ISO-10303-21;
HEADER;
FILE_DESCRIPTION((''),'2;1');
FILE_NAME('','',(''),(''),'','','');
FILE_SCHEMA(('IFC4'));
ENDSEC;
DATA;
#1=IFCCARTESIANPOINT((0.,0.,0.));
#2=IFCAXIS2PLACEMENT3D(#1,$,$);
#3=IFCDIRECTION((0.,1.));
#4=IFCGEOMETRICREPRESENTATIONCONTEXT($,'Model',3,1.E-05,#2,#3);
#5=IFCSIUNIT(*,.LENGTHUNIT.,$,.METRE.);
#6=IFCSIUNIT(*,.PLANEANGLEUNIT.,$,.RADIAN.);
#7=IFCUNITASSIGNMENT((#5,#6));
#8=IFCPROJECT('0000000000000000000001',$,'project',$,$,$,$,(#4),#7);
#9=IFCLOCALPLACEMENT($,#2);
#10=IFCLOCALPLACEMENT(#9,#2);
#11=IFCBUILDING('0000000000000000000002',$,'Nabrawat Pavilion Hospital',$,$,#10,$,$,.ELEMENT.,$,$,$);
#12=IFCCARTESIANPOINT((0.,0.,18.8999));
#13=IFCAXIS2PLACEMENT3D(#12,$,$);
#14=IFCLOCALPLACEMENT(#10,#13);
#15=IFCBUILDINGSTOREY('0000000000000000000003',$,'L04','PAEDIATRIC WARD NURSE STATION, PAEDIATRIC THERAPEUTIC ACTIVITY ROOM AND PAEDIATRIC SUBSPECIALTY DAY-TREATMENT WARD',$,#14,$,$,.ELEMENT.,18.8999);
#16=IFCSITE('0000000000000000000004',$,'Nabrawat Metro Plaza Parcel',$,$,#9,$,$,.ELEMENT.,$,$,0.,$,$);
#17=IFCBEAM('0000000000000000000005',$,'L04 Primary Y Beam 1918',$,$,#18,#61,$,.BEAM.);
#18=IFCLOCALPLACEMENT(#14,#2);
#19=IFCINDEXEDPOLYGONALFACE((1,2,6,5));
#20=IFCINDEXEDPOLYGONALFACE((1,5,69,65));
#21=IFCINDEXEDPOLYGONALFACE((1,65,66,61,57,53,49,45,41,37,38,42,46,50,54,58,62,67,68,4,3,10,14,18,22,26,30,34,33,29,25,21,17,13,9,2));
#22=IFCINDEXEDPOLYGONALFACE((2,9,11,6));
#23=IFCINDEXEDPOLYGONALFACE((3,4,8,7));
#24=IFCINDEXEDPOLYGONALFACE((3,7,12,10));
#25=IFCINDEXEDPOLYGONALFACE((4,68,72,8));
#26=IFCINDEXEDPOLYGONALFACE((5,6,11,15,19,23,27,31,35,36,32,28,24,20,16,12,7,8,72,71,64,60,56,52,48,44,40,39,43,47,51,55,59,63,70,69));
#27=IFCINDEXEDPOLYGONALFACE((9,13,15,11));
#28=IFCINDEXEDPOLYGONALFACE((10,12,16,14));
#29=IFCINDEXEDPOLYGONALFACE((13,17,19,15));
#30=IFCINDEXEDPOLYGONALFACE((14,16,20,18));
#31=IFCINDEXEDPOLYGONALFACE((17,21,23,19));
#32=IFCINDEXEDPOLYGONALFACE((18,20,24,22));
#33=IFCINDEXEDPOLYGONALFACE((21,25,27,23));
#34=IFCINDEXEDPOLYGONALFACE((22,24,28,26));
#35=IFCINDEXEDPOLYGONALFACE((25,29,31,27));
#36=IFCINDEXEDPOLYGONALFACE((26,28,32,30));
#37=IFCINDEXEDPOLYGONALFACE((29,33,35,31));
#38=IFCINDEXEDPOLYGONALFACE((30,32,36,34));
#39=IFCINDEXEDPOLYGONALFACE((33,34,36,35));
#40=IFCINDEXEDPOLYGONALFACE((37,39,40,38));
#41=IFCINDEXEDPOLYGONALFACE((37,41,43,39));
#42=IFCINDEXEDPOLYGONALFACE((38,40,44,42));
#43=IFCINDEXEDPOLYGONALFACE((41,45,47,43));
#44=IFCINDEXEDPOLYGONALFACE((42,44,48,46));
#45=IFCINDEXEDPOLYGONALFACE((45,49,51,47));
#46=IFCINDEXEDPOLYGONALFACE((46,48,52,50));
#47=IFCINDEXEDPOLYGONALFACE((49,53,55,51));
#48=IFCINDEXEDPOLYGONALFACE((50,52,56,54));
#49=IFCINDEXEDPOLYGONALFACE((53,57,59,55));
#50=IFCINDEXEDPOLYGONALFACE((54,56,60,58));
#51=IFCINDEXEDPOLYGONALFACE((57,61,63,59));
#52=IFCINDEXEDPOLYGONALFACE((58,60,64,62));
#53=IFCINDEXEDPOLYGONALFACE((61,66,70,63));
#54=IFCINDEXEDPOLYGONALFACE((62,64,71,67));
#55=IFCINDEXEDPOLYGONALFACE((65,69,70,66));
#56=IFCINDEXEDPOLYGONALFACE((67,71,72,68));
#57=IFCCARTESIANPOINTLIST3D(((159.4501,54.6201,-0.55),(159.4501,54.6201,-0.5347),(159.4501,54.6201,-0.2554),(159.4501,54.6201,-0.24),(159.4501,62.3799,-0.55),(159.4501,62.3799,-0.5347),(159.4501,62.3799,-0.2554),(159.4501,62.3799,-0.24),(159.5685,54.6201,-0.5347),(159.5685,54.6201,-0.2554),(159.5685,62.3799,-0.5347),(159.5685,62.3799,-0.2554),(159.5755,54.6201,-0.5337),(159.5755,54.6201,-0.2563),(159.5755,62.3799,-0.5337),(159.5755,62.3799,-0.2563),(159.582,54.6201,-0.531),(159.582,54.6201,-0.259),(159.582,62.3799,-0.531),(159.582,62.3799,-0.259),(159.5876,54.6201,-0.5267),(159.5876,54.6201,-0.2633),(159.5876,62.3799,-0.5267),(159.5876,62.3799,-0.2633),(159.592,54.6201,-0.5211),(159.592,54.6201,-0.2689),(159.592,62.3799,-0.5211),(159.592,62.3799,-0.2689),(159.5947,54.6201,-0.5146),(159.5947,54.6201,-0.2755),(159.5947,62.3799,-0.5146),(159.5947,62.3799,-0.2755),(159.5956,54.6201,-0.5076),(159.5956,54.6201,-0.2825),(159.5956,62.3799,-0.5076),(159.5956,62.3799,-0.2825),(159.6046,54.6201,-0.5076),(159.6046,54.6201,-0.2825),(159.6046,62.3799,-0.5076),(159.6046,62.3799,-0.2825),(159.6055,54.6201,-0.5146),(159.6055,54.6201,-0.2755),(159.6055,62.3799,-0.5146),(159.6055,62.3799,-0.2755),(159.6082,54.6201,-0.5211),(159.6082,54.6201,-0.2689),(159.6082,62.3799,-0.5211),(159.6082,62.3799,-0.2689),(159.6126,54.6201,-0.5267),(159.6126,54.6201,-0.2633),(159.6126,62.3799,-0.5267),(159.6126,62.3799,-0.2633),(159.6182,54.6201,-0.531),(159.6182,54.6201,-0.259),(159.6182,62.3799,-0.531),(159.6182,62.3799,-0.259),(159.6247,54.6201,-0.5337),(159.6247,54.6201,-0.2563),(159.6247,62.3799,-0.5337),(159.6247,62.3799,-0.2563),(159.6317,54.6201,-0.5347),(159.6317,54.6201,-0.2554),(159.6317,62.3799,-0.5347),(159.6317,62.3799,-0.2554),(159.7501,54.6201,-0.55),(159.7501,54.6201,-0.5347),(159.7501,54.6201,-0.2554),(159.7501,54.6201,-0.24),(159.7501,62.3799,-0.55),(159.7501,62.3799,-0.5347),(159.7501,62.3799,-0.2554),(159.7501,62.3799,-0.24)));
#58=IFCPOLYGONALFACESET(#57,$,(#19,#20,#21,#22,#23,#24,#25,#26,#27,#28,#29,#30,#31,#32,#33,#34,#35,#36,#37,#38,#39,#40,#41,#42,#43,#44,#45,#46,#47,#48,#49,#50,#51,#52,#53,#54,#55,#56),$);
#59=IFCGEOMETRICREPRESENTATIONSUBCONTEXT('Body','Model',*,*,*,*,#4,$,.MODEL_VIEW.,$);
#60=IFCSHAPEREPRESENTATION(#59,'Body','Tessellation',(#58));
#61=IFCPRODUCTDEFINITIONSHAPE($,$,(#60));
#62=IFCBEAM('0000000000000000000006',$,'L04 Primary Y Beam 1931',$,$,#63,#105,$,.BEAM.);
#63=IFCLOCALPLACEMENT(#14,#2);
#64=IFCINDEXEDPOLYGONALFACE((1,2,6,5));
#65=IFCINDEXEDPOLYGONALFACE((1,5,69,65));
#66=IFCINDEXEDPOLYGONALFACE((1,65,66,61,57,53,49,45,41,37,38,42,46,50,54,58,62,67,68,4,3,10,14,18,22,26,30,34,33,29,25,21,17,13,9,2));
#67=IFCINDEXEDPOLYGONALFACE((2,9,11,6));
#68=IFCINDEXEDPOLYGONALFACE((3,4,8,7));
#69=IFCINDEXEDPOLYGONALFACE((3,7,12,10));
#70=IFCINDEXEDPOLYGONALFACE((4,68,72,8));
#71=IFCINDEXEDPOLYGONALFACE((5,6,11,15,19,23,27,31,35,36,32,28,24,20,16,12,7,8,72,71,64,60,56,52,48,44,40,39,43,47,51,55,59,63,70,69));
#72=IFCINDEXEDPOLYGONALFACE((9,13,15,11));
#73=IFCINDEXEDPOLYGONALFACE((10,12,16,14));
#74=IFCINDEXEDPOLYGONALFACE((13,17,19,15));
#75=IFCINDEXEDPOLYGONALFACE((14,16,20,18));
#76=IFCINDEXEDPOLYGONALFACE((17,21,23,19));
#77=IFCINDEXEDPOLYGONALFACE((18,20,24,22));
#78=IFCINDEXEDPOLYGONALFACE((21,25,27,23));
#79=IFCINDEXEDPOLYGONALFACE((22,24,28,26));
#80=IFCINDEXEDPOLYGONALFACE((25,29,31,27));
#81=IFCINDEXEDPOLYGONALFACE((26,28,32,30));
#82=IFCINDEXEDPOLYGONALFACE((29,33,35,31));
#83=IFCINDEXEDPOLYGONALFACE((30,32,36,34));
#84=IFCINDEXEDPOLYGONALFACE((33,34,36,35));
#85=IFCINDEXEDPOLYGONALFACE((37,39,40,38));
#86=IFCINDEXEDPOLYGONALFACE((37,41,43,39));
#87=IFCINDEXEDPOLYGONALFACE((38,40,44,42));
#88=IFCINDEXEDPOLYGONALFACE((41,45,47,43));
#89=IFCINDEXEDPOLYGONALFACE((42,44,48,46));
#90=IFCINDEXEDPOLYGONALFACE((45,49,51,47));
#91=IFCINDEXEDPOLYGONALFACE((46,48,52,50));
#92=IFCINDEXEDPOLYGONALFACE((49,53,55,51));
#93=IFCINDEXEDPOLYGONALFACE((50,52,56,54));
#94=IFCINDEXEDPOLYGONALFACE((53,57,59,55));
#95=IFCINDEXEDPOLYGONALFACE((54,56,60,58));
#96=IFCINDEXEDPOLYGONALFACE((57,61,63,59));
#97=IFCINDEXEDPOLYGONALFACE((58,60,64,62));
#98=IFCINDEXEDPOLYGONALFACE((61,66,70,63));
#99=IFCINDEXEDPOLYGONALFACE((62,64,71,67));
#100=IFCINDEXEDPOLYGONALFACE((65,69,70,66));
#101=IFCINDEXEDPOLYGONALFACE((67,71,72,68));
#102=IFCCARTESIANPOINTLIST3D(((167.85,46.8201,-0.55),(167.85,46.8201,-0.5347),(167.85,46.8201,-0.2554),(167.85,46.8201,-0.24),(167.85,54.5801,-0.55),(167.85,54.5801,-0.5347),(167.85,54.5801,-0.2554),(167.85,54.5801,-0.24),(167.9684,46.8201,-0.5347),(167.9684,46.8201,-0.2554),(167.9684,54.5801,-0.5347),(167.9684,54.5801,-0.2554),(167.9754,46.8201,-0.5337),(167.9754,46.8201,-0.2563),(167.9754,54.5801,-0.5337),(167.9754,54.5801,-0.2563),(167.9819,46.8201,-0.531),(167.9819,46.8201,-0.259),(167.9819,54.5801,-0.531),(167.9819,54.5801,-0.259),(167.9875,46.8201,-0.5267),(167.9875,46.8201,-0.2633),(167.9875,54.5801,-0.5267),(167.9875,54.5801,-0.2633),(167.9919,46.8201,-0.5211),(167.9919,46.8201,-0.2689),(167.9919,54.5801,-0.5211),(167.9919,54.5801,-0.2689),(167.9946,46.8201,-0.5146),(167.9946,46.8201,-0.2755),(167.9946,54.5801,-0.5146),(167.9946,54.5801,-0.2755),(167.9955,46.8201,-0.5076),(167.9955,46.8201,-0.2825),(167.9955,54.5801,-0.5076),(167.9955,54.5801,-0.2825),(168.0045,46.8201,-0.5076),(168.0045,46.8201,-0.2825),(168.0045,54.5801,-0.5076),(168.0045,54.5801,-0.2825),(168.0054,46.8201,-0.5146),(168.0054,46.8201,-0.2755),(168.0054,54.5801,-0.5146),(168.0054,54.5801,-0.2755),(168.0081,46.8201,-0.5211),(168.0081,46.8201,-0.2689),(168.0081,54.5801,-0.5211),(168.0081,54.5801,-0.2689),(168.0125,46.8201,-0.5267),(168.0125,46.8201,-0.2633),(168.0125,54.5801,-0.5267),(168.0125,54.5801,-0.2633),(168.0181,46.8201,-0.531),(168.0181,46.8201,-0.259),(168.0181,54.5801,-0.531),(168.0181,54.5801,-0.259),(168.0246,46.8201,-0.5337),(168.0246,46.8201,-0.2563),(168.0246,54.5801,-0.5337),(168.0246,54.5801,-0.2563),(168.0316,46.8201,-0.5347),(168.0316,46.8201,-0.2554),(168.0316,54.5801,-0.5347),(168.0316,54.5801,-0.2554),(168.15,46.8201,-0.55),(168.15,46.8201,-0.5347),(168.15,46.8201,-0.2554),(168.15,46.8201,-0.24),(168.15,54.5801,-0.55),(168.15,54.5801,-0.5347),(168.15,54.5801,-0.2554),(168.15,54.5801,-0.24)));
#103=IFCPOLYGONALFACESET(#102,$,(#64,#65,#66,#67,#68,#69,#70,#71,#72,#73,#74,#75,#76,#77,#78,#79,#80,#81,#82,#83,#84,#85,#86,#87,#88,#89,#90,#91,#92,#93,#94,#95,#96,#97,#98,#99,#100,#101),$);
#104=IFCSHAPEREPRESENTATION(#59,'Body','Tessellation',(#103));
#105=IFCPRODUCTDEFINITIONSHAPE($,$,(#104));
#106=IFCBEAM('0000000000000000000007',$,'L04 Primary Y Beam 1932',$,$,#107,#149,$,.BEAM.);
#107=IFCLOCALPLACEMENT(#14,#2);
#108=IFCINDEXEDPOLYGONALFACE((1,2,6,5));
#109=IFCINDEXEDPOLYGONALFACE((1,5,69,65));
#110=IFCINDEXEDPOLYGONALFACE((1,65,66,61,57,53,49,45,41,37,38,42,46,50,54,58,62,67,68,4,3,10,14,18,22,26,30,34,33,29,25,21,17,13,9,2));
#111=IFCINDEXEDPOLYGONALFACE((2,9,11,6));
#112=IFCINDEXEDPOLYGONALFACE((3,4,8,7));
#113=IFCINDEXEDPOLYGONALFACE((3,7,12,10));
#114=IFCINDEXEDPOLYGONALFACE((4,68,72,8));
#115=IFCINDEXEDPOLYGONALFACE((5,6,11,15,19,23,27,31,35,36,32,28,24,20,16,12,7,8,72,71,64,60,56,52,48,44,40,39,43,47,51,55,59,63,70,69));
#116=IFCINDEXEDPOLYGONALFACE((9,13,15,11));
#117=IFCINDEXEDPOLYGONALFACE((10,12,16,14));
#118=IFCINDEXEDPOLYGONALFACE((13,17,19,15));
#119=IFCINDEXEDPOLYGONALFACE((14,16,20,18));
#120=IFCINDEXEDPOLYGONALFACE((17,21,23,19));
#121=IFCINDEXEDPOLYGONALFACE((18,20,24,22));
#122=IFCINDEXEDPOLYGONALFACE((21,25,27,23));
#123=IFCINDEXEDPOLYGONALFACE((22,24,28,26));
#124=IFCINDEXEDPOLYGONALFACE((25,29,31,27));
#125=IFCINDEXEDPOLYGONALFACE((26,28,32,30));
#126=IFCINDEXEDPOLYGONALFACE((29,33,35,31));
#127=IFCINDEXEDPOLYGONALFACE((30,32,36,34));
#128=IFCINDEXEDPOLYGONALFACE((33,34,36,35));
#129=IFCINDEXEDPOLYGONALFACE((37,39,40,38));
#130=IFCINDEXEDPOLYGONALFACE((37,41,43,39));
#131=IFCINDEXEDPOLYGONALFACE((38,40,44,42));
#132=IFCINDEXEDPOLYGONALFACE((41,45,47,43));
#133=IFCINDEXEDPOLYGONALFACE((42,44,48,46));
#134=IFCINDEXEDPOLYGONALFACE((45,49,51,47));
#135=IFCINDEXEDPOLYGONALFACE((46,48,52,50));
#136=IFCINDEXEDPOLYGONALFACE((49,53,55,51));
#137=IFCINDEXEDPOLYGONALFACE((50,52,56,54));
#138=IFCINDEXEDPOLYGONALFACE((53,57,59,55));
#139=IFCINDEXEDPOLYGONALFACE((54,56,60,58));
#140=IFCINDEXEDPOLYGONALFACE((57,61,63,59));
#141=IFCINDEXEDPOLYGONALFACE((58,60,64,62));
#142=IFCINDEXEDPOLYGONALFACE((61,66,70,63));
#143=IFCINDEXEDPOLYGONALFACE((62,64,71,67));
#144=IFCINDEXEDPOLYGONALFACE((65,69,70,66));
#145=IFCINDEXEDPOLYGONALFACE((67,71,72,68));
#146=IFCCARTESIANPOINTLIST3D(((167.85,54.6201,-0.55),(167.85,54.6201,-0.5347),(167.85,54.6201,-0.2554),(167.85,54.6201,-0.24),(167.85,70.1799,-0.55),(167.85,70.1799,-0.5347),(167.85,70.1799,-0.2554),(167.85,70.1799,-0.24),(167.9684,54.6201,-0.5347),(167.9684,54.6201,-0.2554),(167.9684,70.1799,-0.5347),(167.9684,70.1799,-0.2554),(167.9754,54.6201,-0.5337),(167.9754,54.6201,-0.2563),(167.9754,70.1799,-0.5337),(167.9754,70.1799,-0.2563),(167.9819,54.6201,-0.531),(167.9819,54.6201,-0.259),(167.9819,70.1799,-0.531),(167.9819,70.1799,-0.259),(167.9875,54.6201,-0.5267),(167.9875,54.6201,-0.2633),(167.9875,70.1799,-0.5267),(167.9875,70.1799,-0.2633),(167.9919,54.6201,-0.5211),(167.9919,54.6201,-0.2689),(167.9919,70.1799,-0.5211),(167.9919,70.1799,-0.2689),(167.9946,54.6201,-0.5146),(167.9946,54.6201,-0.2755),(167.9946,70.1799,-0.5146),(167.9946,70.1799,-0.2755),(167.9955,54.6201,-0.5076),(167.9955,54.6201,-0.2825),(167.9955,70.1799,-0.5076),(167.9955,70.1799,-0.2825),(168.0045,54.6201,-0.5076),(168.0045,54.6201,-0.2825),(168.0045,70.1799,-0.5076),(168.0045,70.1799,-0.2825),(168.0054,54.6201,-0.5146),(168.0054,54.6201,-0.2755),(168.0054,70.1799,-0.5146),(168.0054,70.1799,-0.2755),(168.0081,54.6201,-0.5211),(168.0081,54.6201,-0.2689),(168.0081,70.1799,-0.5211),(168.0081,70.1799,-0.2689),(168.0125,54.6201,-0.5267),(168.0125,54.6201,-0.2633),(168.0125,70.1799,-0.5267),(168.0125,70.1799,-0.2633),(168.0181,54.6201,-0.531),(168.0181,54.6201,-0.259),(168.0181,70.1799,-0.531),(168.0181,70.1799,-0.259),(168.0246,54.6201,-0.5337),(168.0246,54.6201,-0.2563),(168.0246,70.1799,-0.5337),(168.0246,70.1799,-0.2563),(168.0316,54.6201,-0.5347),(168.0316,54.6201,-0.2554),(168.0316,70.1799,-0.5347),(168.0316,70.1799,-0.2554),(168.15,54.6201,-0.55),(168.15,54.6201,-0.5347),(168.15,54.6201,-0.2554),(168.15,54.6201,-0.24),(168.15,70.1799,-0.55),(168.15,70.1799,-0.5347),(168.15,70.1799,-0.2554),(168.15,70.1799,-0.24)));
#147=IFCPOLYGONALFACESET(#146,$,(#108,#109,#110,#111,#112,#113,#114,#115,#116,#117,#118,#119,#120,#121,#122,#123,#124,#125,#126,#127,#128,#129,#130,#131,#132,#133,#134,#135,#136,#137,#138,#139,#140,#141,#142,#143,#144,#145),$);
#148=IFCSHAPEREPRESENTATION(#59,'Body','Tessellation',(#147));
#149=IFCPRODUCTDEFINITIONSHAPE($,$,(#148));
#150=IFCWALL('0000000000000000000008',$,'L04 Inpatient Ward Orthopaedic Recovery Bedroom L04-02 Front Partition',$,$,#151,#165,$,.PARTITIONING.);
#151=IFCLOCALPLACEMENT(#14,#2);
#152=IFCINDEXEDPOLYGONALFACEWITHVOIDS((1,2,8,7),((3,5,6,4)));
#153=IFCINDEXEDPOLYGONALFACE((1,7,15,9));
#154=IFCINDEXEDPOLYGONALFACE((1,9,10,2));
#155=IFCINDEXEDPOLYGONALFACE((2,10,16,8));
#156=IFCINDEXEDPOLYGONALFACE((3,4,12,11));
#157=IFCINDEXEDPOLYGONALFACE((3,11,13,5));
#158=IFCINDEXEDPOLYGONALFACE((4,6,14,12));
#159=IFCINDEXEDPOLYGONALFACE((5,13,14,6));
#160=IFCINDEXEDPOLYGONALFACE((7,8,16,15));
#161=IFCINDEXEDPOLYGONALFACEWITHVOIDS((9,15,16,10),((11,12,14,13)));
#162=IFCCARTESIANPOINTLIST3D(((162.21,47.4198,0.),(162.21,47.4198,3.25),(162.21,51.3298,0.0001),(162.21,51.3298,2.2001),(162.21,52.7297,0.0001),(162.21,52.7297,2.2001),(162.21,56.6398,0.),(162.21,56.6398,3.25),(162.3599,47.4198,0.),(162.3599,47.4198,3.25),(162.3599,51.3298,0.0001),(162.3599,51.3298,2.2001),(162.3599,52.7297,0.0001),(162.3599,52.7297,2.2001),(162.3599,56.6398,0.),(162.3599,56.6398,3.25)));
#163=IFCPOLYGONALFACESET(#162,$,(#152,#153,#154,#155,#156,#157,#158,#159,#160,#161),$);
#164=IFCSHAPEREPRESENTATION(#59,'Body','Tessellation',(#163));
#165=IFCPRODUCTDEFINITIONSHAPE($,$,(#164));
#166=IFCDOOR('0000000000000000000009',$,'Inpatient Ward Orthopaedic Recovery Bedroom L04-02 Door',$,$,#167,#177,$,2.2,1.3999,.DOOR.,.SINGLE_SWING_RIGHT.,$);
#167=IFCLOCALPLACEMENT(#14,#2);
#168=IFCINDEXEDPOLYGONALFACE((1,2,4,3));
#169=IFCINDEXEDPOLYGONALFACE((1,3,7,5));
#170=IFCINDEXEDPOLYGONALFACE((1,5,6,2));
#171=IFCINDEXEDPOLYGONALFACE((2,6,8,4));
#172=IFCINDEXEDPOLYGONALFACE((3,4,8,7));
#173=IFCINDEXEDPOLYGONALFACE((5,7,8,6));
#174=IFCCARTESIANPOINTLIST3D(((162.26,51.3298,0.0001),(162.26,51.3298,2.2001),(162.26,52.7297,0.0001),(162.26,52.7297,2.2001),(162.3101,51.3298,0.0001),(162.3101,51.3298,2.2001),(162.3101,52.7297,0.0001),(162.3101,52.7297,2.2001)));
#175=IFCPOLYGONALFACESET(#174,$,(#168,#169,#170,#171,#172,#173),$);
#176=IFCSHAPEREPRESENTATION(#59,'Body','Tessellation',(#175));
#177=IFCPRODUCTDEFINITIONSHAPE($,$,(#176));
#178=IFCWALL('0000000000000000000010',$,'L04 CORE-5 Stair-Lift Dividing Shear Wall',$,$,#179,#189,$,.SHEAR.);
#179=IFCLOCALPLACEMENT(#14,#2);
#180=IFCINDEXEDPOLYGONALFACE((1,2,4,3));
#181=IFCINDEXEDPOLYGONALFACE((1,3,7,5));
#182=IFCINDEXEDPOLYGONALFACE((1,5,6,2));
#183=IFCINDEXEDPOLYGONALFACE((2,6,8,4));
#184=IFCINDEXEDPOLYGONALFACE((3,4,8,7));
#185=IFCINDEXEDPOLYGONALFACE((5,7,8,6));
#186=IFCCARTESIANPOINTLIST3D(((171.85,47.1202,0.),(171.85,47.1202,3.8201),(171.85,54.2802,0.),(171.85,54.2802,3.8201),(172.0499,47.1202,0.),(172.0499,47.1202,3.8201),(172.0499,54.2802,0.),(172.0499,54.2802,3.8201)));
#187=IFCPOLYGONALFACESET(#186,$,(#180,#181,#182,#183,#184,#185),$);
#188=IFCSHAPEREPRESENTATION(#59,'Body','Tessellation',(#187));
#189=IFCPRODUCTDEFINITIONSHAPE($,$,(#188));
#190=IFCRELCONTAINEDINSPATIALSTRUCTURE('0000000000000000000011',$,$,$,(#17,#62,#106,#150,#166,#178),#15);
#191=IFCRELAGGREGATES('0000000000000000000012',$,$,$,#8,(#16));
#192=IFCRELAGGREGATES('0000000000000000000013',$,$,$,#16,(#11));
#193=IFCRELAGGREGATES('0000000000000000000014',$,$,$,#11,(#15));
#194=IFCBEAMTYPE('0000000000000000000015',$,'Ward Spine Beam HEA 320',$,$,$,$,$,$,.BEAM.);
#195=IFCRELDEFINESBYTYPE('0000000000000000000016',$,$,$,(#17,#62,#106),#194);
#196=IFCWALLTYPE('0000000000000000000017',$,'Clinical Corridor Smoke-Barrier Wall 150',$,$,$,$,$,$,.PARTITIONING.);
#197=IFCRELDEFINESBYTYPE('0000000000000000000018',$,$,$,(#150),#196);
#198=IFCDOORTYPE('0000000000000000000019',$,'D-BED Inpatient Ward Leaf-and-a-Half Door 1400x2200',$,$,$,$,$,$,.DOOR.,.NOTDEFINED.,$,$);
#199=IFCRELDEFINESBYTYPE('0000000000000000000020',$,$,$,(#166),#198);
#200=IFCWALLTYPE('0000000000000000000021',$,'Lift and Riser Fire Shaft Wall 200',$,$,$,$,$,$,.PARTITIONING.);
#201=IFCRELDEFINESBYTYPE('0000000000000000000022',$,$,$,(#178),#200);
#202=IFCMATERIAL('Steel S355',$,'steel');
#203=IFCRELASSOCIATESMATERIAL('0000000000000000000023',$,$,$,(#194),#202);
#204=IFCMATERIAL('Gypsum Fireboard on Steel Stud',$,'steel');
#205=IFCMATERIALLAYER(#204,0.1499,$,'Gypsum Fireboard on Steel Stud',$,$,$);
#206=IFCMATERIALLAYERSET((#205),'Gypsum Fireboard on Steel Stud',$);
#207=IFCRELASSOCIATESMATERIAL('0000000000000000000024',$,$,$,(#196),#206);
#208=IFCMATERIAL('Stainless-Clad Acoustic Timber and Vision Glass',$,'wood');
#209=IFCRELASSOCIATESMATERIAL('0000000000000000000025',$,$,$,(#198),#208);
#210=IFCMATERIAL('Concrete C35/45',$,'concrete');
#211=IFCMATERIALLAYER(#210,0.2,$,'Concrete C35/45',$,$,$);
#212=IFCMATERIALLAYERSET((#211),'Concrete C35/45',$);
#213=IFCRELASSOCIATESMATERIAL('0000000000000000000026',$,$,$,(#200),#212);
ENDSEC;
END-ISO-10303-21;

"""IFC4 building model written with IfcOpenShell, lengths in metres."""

from ifc_helpers import new_model, si_unit, direction, frame, frame_2d, origin, origin_2d, place, context, subcontext, project, spatial, rectangle, i_section, extrude, material, layer, layer_set, material_profile, profile_set, type_object, element, fill, save


model = new_model("IFC4")

# Units and contexts
model_context = context("Model", 3, precision=1e-05, world=origin(), true_north=direction((0.0, 1.0)))
body_context = subcontext(model_context, "Body", "Model", "MODEL_VIEW")
ifc_project = project(units=[si_unit("LENGTHUNIT", "METRE"), si_unit("PLANEANGLEUNIT", "RADIAN")], contexts=[model_context])

# Site, building, storey
site_placement = place(None, origin())
site = spatial("IfcSite", under=ifc_project, at=site_placement, Name="Nabrawat Metro Plaza Parcel", CompositionType="ELEMENT", RefElevation=0.0)
building_placement = place(site_placement, origin())
building = spatial("IfcBuilding", under=site, at=building_placement, Name="Nabrawat Pavilion Hospital", CompositionType="ELEMENT")
storey_placement = place(building_placement, frame((0.0, 0.0, 18.8999)))
storey = spatial("IfcBuildingStorey", under=building, at=storey_placement, Name="L04", Description="PAEDIATRIC WARD NURSE STATION, PAEDIATRIC THERAPEUTIC ACTIVITY ROOM AND PAEDIATRIC SUBSPECIALTY DAY-TREATMENT WARD", CompositionType="ELEMENT", Elevation=18.8999)

# Shared definitions
ifc_material_1 = material(Name="Steel S355", Category="steel")

# Beams
ifc_material_profile_1 = material_profile(ifc_material_1, i_section(OverallWidth=0.3, OverallDepth=0.3101, WebThickness=0.009, FlangeThickness=0.0154, FilletRadius=0.0271, at=origin_2d()), Name="HEA 320")
ifc_profile_set_1 = profile_set([ifc_material_profile_1], Name="Steel S355")
beam_type_1 = type_object("IfcBeamType", Name="Ward Spine Beam HEA 320", PredefinedType="BEAM", material=ifc_profile_set_1)
beam_1_placement = place(storey_placement, frame((159.6001, 54.6201, -0.395), z_axis=(0.0, 1.0, 0.0), x_axis=(-1.0, 0.0, 0.0)))
element("IfcBeam", 1, at=beam_1_placement, inside=storey, type_object=beam_type_1, Name="L04 Primary Y Beam 1918", PredefinedType="BEAM", context=body_context, shape_type="SweptSolid", body=[
    extrude(i_section(OverallWidth=0.3, OverallDepth=0.3101, WebThickness=0.009, FlangeThickness=0.0154, FilletRadius=0.0271, at=origin_2d()), origin(), (0.0, 0.0, 1.0), 7.7598),
])
beam_2_placement = place(storey_placement, frame((168.0, 46.8201, -0.395), z_axis=(0.0, 1.0, 0.0), x_axis=(-1.0, 0.0, 0.0)))
element("IfcBeam", 2, at=beam_2_placement, inside=storey, type_object=beam_type_1, Name="L04 Primary Y Beam 1931", PredefinedType="BEAM", context=body_context, shape_type="SweptSolid", body=[
    extrude(i_section(OverallWidth=0.3, OverallDepth=0.3101, WebThickness=0.009, FlangeThickness=0.0154, FilletRadius=0.0271, at=origin_2d()), origin(), (0.0, 0.0, 1.0), 7.76),
])
beam_3_placement = place(storey_placement, frame((168.0, 54.6201, -0.395), z_axis=(0.0, 1.0, 0.0), x_axis=(-1.0, 0.0, 0.0)))
element("IfcBeam", 3, at=beam_3_placement, inside=storey, type_object=beam_type_1, Name="L04 Primary Y Beam 1932", PredefinedType="BEAM", context=body_context, shape_type="SweptSolid", body=[
    extrude(i_section(OverallWidth=0.3, OverallDepth=0.3101, WebThickness=0.009, FlangeThickness=0.0154, FilletRadius=0.0271, at=origin_2d()), origin(), (0.0, 0.0, 1.0), 15.5598),
])

# Wall, opening, door
ifc_material_2 = material(Name="Gypsum Fireboard on Steel Stud", Category="steel")
ifc_layer_1 = layer(ifc_material_2, 0.1499, Name="Gypsum Fireboard on Steel Stud")
ifc_layer_set_1 = layer_set([ifc_layer_1], Name="Gypsum Fireboard on Steel Stud")
wall_type_1 = type_object("IfcWallType", Name="Clinical Corridor Smoke-Barrier Wall 150", PredefinedType="PARTITIONING", material=ifc_layer_set_1)
wall_1_placement = place(storey_placement, frame((162.2849, 47.4199, 0.0), z_axis=(0.0, 0.0, 1.0), x_axis=(0.0, 1.0, 0.0)))
wall_1 = element("IfcWall", 4, at=wall_1_placement, inside=storey, type_object=wall_type_1, Name="L04 Inpatient Ward Orthopaedic Recovery Bedroom L04-02 Front Partition", PredefinedType="PARTITIONING", context=body_context, shape_type="SweptSolid", body=[
    extrude(rectangle(XDim=9.22, YDim=0.1499, at=frame_2d((4.6099, 0.0))), origin(), (0.0, 0.0, 1.0), 3.25),
])
opening_1_placement = place(wall_1_placement, frame((3.9099, 0.0, 0.0)))
opening_1 = element("IfcOpeningElement", 5, at=opening_1_placement, cuts=wall_1, PredefinedType="OPENING", context=body_context, shape_type="SweptSolid", body=[
    extrude(rectangle(XDim=1.3999, YDim=2.2, at=frame_2d((0.7, 1.1001))), frame((0.0, 0.085, 0.0), z_axis=(0.0, -1.0, 0.0), x_axis=(1.0, 0.0, 0.0)), (0.0, 0.0, 1.0), 0.1699),
])
ifc_material_3 = material(Name="Stainless-Clad Acoustic Timber and Vision Glass", Category="wood")
door_type_1 = type_object("IfcDoorType", Name="D-BED Inpatient Ward Leaf-and-a-Half Door 1400x2200", OperationType="NOTDEFINED", PredefinedType="DOOR", material=ifc_material_3)
door_1_placement = place(opening_1_placement, origin())
door_1 = element("IfcDoor", 6, at=door_1_placement, inside=storey, type_object=door_type_1, Name="Inpatient Ward Orthopaedic Recovery Bedroom L04-02 Door", OperationType="SINGLE_SWING_RIGHT", OverallHeight=2.2, OverallWidth=1.3999, PredefinedType="DOOR", context=body_context, shape_type="SweptSolid", body=[
    extrude(rectangle(XDim=1.3999, YDim=2.2, at=frame_2d((0.7, 1.1001))), frame((0.0, 0.0249, 0.0), z_axis=(0.0, -1.0, 0.0), x_axis=(1.0, 0.0, 0.0)), (0.0, 0.0, 1.0), 0.05),
])
fill(opening_1, door_1)

# Wall
ifc_material_4 = material(Name="Concrete C35/45", Category="concrete")
ifc_layer_2 = layer(ifc_material_4, 0.2, Name="Concrete C35/45")
ifc_layer_set_2 = layer_set([ifc_layer_2], Name="Concrete C35/45")
wall_type_2 = type_object("IfcWallType", Name="Lift and Riser Fire Shaft Wall 200", PredefinedType="PARTITIONING", material=ifc_layer_set_2)
wall_2_placement = place(storey_placement, frame((171.95, 47.1201, 0.0), z_axis=(0.0, 0.0, 1.0), x_axis=(0.0, 1.0, 0.0)))
element("IfcWall", 7, at=wall_2_placement, inside=storey, type_object=wall_type_2, Name="L04 CORE-5 Stair-Lift Dividing Shear Wall", PredefinedType="SHEAR", context=body_context, shape_type="SweptSolid", body=[
    extrude(rectangle(XDim=7.1599, YDim=0.2, at=frame_2d((3.5801, 0.0))), origin(), (0.0, 0.0, 1.0), 3.8201),
])

save(model, "model.ifc")
